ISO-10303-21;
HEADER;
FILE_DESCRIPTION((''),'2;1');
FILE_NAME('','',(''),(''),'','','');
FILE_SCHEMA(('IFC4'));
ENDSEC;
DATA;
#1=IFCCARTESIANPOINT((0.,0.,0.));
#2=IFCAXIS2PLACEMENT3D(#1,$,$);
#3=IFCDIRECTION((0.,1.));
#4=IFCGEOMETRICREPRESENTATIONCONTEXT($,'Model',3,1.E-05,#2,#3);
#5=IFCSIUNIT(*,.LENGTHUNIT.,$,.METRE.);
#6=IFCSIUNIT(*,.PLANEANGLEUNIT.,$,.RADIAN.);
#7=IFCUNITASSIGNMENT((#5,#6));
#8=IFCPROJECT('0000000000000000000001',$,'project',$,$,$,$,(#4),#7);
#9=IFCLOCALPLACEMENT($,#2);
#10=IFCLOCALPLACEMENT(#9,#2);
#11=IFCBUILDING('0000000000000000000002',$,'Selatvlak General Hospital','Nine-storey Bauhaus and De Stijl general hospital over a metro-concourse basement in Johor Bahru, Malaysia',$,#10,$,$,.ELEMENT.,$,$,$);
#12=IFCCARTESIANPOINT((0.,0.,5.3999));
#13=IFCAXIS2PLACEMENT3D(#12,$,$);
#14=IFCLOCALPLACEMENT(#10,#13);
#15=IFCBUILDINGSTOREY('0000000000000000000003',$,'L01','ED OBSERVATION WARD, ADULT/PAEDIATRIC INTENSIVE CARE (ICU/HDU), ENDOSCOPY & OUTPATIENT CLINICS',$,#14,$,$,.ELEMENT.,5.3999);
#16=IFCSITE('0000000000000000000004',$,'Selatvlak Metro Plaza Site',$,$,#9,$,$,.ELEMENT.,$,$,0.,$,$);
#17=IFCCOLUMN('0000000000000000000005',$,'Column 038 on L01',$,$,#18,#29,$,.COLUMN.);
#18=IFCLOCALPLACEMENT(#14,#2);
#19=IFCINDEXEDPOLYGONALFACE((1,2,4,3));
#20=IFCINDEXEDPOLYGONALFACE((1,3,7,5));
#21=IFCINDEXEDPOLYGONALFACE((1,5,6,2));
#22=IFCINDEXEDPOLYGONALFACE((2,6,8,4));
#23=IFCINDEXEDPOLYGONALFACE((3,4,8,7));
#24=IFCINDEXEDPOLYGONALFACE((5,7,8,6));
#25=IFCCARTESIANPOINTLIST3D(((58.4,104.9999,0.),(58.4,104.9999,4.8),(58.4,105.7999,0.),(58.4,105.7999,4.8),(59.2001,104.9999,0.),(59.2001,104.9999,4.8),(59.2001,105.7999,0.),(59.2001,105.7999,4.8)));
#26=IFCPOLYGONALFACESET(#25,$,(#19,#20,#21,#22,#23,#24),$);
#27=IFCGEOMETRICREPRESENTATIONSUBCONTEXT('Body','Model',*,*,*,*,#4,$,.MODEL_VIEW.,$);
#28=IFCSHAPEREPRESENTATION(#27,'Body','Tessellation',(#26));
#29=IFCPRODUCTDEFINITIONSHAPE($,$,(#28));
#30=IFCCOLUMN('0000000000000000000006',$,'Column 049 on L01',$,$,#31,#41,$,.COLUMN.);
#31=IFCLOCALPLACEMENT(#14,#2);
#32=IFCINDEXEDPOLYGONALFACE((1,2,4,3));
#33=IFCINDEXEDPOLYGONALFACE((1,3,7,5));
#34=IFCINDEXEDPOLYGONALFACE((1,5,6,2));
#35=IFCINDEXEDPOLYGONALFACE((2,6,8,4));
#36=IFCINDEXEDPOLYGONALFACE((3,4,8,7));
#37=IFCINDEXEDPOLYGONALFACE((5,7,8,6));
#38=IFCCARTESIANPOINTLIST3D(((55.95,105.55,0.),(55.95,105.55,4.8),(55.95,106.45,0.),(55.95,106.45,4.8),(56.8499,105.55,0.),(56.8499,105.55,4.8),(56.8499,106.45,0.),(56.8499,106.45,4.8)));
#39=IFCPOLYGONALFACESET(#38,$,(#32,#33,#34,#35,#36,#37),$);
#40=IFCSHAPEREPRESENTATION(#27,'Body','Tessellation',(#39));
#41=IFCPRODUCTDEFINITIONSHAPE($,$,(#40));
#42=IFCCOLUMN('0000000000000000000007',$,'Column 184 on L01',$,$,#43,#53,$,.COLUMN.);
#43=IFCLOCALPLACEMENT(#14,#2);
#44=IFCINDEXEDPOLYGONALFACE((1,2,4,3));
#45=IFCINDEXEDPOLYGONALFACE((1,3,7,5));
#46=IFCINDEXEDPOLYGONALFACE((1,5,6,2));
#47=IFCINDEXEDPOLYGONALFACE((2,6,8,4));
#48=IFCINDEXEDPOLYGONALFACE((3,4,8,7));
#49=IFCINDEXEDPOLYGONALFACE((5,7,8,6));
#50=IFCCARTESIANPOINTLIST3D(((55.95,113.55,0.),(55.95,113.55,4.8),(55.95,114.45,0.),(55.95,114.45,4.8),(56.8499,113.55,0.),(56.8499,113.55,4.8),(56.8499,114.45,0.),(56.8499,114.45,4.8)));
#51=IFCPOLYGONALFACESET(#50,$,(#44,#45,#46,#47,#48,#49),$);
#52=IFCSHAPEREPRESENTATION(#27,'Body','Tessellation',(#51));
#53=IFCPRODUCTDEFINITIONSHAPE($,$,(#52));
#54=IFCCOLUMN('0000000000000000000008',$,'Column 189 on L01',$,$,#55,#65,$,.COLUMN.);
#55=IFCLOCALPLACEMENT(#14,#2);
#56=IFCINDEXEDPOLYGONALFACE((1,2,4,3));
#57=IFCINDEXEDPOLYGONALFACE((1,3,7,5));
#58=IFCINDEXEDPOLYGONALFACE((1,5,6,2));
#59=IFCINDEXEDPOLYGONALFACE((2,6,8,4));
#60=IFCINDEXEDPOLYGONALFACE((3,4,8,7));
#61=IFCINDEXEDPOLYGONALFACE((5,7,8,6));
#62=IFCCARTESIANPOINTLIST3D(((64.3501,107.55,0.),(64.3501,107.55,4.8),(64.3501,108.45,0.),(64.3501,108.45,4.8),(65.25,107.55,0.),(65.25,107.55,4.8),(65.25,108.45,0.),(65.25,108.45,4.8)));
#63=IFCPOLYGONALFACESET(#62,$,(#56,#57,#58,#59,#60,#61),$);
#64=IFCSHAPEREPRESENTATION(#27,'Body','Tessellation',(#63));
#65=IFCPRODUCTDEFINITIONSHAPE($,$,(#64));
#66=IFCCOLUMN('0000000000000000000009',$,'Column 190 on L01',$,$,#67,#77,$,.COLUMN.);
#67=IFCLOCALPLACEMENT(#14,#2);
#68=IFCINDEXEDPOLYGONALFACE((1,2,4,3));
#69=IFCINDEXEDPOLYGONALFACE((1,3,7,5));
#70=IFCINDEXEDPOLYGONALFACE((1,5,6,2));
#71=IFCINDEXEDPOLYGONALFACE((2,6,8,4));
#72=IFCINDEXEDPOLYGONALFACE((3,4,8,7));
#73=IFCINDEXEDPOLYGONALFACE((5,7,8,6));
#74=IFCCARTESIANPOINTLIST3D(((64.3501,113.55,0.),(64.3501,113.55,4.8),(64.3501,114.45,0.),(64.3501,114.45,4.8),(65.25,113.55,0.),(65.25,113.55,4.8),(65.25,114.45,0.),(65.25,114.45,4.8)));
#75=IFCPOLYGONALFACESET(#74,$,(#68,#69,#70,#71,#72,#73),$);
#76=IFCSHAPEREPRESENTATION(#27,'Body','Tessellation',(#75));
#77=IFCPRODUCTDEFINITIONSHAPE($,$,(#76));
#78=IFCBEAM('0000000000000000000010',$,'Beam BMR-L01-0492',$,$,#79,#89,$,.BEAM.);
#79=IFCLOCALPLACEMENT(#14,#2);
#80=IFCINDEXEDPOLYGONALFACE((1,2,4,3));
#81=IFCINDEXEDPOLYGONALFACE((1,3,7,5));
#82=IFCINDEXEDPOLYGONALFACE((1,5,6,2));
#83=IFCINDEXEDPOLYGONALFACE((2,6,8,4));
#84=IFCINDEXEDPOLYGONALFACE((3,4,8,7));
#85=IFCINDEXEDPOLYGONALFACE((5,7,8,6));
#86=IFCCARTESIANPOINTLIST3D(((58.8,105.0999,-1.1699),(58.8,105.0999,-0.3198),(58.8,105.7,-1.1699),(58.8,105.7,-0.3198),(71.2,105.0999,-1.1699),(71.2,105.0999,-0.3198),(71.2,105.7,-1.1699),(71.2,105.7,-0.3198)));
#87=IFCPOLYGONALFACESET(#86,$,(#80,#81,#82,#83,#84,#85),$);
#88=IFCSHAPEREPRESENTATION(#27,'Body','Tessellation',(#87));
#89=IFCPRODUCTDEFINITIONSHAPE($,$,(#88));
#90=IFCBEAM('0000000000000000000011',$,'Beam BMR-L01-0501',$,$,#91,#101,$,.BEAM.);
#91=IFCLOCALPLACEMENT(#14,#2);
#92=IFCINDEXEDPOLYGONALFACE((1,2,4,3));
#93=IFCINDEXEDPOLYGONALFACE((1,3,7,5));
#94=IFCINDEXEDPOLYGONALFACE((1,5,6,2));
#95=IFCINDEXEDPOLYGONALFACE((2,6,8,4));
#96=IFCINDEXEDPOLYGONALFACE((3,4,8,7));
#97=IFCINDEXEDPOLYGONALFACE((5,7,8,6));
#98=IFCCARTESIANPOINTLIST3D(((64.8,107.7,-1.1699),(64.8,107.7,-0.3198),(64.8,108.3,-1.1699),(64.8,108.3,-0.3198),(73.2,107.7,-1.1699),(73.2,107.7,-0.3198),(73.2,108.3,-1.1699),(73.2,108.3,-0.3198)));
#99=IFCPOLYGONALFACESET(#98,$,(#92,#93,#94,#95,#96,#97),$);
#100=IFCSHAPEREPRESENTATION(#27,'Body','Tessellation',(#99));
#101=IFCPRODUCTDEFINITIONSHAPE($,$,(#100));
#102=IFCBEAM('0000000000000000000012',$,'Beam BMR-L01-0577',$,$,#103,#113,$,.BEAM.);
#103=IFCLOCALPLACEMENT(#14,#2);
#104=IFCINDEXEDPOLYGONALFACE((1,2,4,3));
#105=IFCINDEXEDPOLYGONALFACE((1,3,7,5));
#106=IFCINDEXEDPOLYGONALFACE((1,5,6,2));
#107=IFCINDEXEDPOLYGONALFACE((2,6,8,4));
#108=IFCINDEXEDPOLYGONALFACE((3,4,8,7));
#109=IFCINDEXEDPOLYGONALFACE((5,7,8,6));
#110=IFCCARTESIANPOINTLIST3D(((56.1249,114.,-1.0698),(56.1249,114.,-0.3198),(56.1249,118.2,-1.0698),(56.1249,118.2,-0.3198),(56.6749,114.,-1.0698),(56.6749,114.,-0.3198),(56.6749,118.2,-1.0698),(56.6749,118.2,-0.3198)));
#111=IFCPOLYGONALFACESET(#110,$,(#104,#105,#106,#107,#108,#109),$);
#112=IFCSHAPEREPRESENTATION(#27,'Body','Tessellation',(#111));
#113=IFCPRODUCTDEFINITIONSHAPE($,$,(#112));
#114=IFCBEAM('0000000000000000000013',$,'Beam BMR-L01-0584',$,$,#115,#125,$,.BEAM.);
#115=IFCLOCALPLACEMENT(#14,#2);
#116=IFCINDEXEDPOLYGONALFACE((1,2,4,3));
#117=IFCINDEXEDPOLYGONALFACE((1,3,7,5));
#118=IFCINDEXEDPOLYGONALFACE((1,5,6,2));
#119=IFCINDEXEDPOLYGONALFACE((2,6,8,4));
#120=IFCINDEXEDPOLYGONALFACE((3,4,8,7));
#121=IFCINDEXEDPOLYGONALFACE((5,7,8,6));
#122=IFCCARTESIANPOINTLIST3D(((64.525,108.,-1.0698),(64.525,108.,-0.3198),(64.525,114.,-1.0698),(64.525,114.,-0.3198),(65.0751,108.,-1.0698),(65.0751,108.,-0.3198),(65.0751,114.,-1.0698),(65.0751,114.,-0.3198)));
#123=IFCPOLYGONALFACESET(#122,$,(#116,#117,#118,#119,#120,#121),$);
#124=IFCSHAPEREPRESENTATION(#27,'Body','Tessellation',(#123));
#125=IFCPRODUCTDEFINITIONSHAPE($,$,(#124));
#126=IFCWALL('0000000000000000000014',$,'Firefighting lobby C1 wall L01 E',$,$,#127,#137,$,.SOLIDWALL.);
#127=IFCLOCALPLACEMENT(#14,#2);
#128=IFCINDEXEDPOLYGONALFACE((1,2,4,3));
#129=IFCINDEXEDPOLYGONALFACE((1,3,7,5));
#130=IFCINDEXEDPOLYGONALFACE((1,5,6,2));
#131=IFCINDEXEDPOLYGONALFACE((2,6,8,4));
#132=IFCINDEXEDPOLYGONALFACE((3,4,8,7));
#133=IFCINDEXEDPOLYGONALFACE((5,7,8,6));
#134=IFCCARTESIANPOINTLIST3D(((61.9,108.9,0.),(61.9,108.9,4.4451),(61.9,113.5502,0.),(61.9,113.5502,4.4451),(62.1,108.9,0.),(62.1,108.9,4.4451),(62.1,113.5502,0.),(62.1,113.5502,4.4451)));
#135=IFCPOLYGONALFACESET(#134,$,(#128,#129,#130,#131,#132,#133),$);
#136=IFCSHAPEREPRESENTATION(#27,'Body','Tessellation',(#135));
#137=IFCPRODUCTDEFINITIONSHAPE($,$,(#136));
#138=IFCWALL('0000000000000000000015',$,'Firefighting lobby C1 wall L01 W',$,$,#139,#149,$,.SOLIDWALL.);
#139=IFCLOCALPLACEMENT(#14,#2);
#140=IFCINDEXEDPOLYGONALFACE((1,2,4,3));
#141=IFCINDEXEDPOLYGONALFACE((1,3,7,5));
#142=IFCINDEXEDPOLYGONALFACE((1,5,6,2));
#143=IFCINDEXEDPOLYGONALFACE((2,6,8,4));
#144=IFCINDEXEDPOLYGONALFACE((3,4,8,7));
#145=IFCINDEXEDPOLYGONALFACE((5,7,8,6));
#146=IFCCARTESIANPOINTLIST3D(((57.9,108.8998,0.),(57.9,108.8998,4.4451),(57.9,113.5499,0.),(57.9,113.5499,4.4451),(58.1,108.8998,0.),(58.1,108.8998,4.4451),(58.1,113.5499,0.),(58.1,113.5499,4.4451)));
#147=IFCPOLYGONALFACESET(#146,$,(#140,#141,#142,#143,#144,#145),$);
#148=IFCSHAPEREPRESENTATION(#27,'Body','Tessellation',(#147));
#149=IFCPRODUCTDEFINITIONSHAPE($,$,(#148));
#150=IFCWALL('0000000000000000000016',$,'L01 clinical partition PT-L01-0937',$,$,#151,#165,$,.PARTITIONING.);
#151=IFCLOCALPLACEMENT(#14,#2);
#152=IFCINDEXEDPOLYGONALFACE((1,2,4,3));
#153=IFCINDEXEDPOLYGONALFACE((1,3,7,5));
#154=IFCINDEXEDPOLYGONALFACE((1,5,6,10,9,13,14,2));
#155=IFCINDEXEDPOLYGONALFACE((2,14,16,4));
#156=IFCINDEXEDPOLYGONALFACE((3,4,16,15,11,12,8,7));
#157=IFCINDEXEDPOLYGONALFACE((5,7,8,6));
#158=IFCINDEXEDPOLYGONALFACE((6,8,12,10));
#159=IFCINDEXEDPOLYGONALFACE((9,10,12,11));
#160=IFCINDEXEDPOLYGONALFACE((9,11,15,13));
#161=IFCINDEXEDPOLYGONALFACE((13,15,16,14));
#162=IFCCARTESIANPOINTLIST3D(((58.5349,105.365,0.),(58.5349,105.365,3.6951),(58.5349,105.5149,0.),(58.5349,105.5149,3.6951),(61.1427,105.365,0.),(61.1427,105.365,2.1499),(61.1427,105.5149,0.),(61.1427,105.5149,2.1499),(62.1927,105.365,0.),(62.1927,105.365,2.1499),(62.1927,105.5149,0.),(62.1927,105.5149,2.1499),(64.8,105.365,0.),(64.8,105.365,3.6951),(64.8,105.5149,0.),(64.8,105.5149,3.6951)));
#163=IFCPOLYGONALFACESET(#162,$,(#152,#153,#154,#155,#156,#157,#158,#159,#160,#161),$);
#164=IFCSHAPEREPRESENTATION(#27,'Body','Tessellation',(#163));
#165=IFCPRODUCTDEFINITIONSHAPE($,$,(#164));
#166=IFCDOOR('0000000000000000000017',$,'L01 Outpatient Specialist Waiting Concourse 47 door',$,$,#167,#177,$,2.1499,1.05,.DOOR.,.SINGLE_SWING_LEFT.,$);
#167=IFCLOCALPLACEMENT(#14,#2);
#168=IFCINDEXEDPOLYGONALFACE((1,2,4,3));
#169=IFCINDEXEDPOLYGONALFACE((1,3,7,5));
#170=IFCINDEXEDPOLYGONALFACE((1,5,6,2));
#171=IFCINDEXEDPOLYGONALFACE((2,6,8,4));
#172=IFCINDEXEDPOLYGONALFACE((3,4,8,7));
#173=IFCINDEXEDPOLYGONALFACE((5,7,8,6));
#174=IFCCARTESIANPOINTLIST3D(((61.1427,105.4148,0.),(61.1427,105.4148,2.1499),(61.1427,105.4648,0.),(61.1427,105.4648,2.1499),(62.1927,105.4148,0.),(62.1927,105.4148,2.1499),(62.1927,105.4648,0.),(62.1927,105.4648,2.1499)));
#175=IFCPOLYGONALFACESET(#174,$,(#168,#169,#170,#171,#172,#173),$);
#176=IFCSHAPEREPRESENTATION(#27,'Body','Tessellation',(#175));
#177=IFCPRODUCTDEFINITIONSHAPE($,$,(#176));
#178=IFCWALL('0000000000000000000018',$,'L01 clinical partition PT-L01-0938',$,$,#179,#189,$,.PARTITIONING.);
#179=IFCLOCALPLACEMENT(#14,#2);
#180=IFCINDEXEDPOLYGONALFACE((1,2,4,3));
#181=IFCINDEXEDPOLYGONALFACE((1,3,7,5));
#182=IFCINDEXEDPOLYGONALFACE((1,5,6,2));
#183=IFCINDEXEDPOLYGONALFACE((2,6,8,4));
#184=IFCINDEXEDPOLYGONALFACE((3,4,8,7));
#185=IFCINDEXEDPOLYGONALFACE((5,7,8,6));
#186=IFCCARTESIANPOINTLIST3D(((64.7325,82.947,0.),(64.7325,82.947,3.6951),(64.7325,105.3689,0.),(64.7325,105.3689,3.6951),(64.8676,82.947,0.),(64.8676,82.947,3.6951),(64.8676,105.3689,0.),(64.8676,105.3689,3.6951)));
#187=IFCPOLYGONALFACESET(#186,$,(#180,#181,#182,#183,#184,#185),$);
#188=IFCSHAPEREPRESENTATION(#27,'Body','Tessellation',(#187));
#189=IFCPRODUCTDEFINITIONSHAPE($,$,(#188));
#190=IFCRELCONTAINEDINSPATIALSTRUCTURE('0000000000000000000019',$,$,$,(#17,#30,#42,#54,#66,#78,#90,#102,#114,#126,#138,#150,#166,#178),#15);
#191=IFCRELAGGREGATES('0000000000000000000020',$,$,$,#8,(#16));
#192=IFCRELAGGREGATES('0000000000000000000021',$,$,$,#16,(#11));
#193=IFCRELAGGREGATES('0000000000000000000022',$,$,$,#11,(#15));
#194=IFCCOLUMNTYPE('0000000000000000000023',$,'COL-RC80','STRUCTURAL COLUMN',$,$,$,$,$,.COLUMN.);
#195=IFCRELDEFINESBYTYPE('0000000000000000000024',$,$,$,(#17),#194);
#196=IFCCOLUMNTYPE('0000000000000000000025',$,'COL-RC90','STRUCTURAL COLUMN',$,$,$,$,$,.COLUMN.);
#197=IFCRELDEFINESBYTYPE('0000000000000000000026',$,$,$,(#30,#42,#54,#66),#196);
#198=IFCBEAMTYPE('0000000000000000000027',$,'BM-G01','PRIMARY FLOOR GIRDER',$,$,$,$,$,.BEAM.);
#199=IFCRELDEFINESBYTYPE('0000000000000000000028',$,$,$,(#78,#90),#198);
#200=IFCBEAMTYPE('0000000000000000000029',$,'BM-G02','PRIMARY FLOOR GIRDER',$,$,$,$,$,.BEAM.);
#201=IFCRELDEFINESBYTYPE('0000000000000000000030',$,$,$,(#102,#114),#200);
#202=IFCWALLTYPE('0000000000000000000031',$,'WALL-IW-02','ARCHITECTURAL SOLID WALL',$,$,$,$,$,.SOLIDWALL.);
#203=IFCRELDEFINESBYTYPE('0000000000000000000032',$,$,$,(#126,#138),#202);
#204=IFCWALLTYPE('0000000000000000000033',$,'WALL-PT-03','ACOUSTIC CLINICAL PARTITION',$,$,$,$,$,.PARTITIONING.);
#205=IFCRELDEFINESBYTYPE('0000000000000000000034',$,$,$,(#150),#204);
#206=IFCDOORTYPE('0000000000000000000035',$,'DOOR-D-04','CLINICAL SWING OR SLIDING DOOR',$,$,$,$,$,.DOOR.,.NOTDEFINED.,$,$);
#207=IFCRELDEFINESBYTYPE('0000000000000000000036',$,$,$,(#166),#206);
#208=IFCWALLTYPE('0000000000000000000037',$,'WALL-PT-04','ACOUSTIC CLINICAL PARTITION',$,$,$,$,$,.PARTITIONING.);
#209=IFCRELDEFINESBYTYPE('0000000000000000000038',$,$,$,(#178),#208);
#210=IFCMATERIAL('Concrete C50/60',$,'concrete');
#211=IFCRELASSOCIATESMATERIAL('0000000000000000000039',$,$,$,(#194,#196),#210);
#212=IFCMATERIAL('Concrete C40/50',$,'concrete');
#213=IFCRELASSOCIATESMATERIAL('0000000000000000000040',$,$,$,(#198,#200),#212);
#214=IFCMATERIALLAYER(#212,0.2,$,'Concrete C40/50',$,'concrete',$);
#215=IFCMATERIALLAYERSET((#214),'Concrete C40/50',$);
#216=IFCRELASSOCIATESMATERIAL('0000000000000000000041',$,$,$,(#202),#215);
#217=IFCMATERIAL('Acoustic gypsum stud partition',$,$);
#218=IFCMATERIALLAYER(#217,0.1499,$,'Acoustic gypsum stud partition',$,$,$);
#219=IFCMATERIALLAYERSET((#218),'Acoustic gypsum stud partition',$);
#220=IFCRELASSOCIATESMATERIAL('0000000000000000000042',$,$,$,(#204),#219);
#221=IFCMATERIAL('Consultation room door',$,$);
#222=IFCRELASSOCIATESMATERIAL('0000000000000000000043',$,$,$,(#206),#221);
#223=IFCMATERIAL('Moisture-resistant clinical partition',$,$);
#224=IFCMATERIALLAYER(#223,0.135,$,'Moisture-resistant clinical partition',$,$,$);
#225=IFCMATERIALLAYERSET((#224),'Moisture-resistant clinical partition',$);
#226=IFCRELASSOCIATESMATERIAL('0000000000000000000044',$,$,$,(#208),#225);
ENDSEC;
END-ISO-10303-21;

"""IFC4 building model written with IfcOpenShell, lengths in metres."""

from ifc_helpers import new_model, si_unit, direction, frame, frame_2d, origin, origin_2d, place, context, subcontext, project, spatial, rectangle, extrude, material, layer, layer_set, material_profile, profile_set, type_object, element, fill, save


model = new_model("IFC4")

# Units and contexts
model_context = context("Model", 3, precision=1e-05, world=origin(), true_north=direction((0.0, 1.0)))
body_context = subcontext(model_context, "Body", "Model", "MODEL_VIEW")
ifc_project = project(units=[si_unit("LENGTHUNIT", "METRE"), si_unit("PLANEANGLEUNIT", "RADIAN")], contexts=[model_context])

# Site, building, storey
site_placement = place(None, origin())
site = spatial("IfcSite", under=ifc_project, at=site_placement, Name="Selatvlak Metro Plaza Site", CompositionType="ELEMENT", RefElevation=0.0)
building_placement = place(site_placement, origin())
building = spatial("IfcBuilding", under=site, at=building_placement, Name="Selatvlak General Hospital", Description="Nine-storey Bauhaus and De Stijl general hospital over a metro-concourse basement in Johor Bahru, Malaysia", CompositionType="ELEMENT")
storey_placement = place(building_placement, frame((0.0, 0.0, 5.3999)))
storey = spatial("IfcBuildingStorey", under=building, at=storey_placement, Name="L01", Description="ED OBSERVATION WARD, ADULT/PAEDIATRIC INTENSIVE CARE (ICU/HDU), ENDOSCOPY & OUTPATIENT CLINICS", CompositionType="ELEMENT", Elevation=5.3999)

# Columns
ifc_material_1 = material(Name="Concrete C50/60", Category="concrete")
ifc_material_profile_1 = material_profile(ifc_material_1, rectangle(XDim=0.8, YDim=0.8, at=origin_2d()), Name="RC-COL 800x800")
ifc_profile_set_1 = profile_set([ifc_material_profile_1], Name="Concrete C50/60")
column_type_1 = type_object("IfcColumnType", Name="COL-RC80", Description="STRUCTURAL COLUMN", PredefinedType="COLUMN", material=ifc_profile_set_1)
column_placement = place(storey_placement, frame((58.8, 105.3999, 0.0), z_axis=(0.0, 0.0, 1.0), x_axis=(1.0, 0.0, 0.0)))
element("IfcColumn", 1, at=column_placement, inside=storey, type_object=column_type_1, Name="Column 038 on L01", PredefinedType="COLUMN", context=body_context, shape_type="SweptSolid", body=[
    extrude(rectangle(XDim=0.8, YDim=0.8, at=origin_2d()), origin(), (0.0, 0.0, 1.0), 4.8),
])
ifc_material_profile_2 = material_profile(ifc_material_1, rectangle(XDim=0.8999, YDim=0.8999, at=origin_2d()), Name="RC-COL 900x900")
ifc_profile_set_2 = profile_set([ifc_material_profile_2], Name="Concrete C50/60")
column_type_2 = type_object("IfcColumnType", Name="COL-RC90", Description="STRUCTURAL COLUMN", PredefinedType="COLUMN", material=ifc_profile_set_2)
for number, where, z_axis, x_axis, name in (
    (2, (56.3999, 106.0, 0.0), (0.0, 0.0, 1.0), (1.0, 0.0, 0.0), "Column 049 on L01"),
    (3, (56.3999, 114.0, 0.0), (0.0, 0.0, 1.0), (1.0, 0.0, 0.0), "Column 184 on L01"),
    (4, (64.8, 108.0, 0.0), (0.0, 0.0, 1.0), (1.0, 0.0, 0.0), "Column 189 on L01"),
    (5, (64.8, 114.0, 0.0), (0.0, 0.0, 1.0), (1.0, 0.0, 0.0), "Column 190 on L01"),
):
    element("IfcColumn", number, at=place(storey_placement, frame(where, z_axis=z_axis, x_axis=x_axis)), inside=storey, type_object=column_type_2, Name=name, PredefinedType="COLUMN", context=body_context, shape_type="SweptSolid", body=[
        extrude(rectangle(XDim=0.8999, YDim=0.8999, at=origin_2d()), origin(), (0.0, 0.0, 1.0), 4.8),
    ])

# Beams
ifc_material_2 = material(Name="Concrete C40/50", Category="concrete")
ifc_material_profile_3 = material_profile(ifc_material_2, rectangle(XDim=0.6001, YDim=0.8501, at=origin_2d()), Name="RC-BM 600x850")
ifc_profile_set_3 = profile_set([ifc_material_profile_3], Name="Concrete C40/50")
beam_type_1 = type_object("IfcBeamType", Name="BM-G01", Description="PRIMARY FLOOR GIRDER", PredefinedType="BEAM", material=ifc_profile_set_3)
beam_1_placement = place(storey_placement, frame((58.8, 105.3999, -0.7449), z_axis=(1.0, 0.0, 0.0), x_axis=(0.0, 1.0, 0.0)))
element("IfcBeam", 6, at=beam_1_placement, inside=storey, type_object=beam_type_1, Name="Beam BMR-L01-0492", PredefinedType="BEAM", context=body_context, shape_type="SweptSolid", body=[
    extrude(rectangle(XDim=0.6001, YDim=0.8501, at=origin_2d()), origin(), (0.0, 0.0, 1.0), 12.3999),
])
beam_2_placement = place(storey_placement, frame((64.8, 108.0, -0.7449), z_axis=(1.0, 0.0, 0.0), x_axis=(0.0, 1.0, 0.0)))
element("IfcBeam", 7, at=beam_2_placement, inside=storey, type_object=beam_type_1, Name="Beam BMR-L01-0501", PredefinedType="BEAM", context=body_context, shape_type="SweptSolid", body=[
    extrude(rectangle(XDim=0.6001, YDim=0.8501, at=origin_2d()), origin(), (0.0, 0.0, 1.0), 8.3999),
])
ifc_material_profile_4 = material_profile(ifc_material_2, rectangle(XDim=0.55, YDim=0.75, at=origin_2d()), Name="RC-BM 550x750")
ifc_profile_set_4 = profile_set([ifc_material_profile_4], Name="Concrete C40/50")
beam_type_2 = type_object("IfcBeamType", Name="BM-G02", Description="PRIMARY FLOOR GIRDER", PredefinedType="BEAM", material=ifc_profile_set_4)
beam_3_placement = place(storey_placement, frame((56.3999, 114.0, -0.6948), z_axis=(0.0, 1.0, 0.0), x_axis=(-1.0, 0.0, 0.0)))
element("IfcBeam", 8, at=beam_3_placement, inside=storey, type_object=beam_type_2, Name="Beam BMR-L01-0577", PredefinedType="BEAM", context=body_context, shape_type="SweptSolid", body=[
    extrude(rectangle(XDim=0.55, YDim=0.75, at=origin_2d()), origin(), (0.0, 0.0, 1.0), 4.2),
])
beam_4_placement = place(storey_placement, frame((64.8, 108.0, -0.6948), z_axis=(0.0, 1.0, 0.0), x_axis=(-1.0, 0.0, 0.0)))
element("IfcBeam", 9, at=beam_4_placement, inside=storey, type_object=beam_type_2, Name="Beam BMR-L01-0584", PredefinedType="BEAM", context=body_context, shape_type="SweptSolid", body=[
    extrude(rectangle(XDim=0.55, YDim=0.75, at=origin_2d()), origin(), (0.0, 0.0, 1.0), 6.0),
])

# Shared definitions
ifc_layer_1 = layer(ifc_material_2, 0.2, Name="Concrete C40/50", Category="concrete")
ifc_layer_set_1 = layer_set([ifc_layer_1], Name="Concrete C40/50")
wall_type_1 = type_object("IfcWallType", Name="WALL-IW-02", Description="ARCHITECTURAL SOLID WALL", PredefinedType="SOLIDWALL", material=ifc_layer_set_1)

# Walls
for number, where, z_axis, x_axis, name in (
    (10, (62.0, 108.8999, 0.0), (0.0, 0.0, 1.0), (0.0, 1.0, 0.0), "Firefighting lobby C1 wall L01 E"),
    (11, (58.0, 113.55, 0.0), (0.0, 0.0, 1.0), (0.0, -1.0, 0.0), "Firefighting lobby C1 wall L01 W"),
):
    element("IfcWall", number, at=place(storey_placement, frame(where, z_axis=z_axis, x_axis=x_axis)), inside=storey, type_object=wall_type_1, Name=name, PredefinedType="SOLIDWALL", context=body_context, shape_type="SweptSolid", body=[
        extrude(rectangle(XDim=4.6501, YDim=0.2, at=frame_2d((2.3252, 0.0))), origin(), (0.0, 0.0, 1.0), 4.4451),
    ])

# Wall, opening, door
ifc_material_3 = material(Name="Acoustic gypsum stud partition")
ifc_layer_2 = layer(ifc_material_3, 0.1499, Name="Acoustic gypsum stud partition")
ifc_layer_set_2 = layer_set([ifc_layer_2], Name="Acoustic gypsum stud partition")
wall_type_2 = type_object("IfcWallType", Name="WALL-PT-03", Description="ACOUSTIC CLINICAL PARTITION", PredefinedType="PARTITIONING", material=ifc_layer_set_2)
wall_1_placement = place(storey_placement, frame((58.5349, 105.4399, 0.0), z_axis=(0.0, 0.0, 1.0), x_axis=(1.0, 0.0, 0.0)))
wall_1 = element("IfcWall", 12, at=wall_1_placement, inside=storey, type_object=wall_type_2, Name="L01 clinical partition PT-L01-0937", PredefinedType="PARTITIONING", context=body_context, shape_type="SweptSolid", body=[
    extrude(rectangle(XDim=6.2651, YDim=0.1499, at=frame_2d((3.1326, 0.0))), origin(), (0.0, 0.0, 1.0), 3.6951),
])
opening_1_placement = place(wall_1_placement, frame((2.6079, 0.0, 0.0)))
opening_1 = element("IfcOpeningElement", 13, at=opening_1_placement, cuts=wall_1, PredefinedType="OPENING", context=body_context, shape_type="SweptSolid", body=[
    extrude(rectangle(XDim=1.05, YDim=2.1499, at=frame_2d((0.5249, 1.075))), frame((0.0, 0.085, 0.0), z_axis=(0.0, -1.0, 0.0), x_axis=(1.0, 0.0, 0.0)), (0.0, 0.0, 1.0), 0.1699),
])
ifc_material_4 = material(Name="Consultation room door")
door_type_1 = type_object("IfcDoorType", Name="DOOR-D-04", Description="CLINICAL SWING OR SLIDING DOOR", OperationType="NOTDEFINED", PredefinedType="DOOR", material=ifc_material_4)
door_1_placement = place(opening_1_placement, origin())
door_1 = element("IfcDoor", 14, at=door_1_placement, inside=storey, type_object=door_type_1, Name="L01 Outpatient Specialist Waiting Concourse 47 door", OperationType="SINGLE_SWING_LEFT", OverallHeight=2.1499, OverallWidth=1.05, PredefinedType="DOOR", context=body_context, shape_type="SweptSolid", body=[
    extrude(rectangle(XDim=1.05, YDim=2.1499, at=frame_2d((0.5249, 1.075))), frame((0.0, 0.0249, 0.0), z_axis=(0.0, -1.0, 0.0), x_axis=(1.0, 0.0, 0.0)), (0.0, 0.0, 1.0), 0.05),
])
fill(opening_1, door_1)

# Wall
ifc_material_5 = material(Name="Moisture-resistant clinical partition")
ifc_layer_3 = layer(ifc_material_5, 0.135, Name="Moisture-resistant clinical partition")
ifc_layer_set_3 = layer_set([ifc_layer_3], Name="Moisture-resistant clinical partition")
wall_type_3 = type_object("IfcWallType", Name="WALL-PT-04", Description="ACOUSTIC CLINICAL PARTITION", PredefinedType="PARTITIONING", material=ifc_layer_set_3)
wall_2_placement = place(storey_placement, frame((64.8, 105.3689, 0.0), z_axis=(0.0, 0.0, 1.0), x_axis=(0.0, -1.0, 0.0)))
element("IfcWall", 15, at=wall_2_placement, inside=storey, type_object=wall_type_3, Name="L01 clinical partition PT-L01-0938", PredefinedType="PARTITIONING", context=body_context, shape_type="SweptSolid", body=[
    extrude(rectangle(XDim=22.4219, YDim=0.135, at=frame_2d((11.2109, 0.0))), origin(), (0.0, 0.0, 1.0), 3.6951),
])

save(model, "model.ifc")
